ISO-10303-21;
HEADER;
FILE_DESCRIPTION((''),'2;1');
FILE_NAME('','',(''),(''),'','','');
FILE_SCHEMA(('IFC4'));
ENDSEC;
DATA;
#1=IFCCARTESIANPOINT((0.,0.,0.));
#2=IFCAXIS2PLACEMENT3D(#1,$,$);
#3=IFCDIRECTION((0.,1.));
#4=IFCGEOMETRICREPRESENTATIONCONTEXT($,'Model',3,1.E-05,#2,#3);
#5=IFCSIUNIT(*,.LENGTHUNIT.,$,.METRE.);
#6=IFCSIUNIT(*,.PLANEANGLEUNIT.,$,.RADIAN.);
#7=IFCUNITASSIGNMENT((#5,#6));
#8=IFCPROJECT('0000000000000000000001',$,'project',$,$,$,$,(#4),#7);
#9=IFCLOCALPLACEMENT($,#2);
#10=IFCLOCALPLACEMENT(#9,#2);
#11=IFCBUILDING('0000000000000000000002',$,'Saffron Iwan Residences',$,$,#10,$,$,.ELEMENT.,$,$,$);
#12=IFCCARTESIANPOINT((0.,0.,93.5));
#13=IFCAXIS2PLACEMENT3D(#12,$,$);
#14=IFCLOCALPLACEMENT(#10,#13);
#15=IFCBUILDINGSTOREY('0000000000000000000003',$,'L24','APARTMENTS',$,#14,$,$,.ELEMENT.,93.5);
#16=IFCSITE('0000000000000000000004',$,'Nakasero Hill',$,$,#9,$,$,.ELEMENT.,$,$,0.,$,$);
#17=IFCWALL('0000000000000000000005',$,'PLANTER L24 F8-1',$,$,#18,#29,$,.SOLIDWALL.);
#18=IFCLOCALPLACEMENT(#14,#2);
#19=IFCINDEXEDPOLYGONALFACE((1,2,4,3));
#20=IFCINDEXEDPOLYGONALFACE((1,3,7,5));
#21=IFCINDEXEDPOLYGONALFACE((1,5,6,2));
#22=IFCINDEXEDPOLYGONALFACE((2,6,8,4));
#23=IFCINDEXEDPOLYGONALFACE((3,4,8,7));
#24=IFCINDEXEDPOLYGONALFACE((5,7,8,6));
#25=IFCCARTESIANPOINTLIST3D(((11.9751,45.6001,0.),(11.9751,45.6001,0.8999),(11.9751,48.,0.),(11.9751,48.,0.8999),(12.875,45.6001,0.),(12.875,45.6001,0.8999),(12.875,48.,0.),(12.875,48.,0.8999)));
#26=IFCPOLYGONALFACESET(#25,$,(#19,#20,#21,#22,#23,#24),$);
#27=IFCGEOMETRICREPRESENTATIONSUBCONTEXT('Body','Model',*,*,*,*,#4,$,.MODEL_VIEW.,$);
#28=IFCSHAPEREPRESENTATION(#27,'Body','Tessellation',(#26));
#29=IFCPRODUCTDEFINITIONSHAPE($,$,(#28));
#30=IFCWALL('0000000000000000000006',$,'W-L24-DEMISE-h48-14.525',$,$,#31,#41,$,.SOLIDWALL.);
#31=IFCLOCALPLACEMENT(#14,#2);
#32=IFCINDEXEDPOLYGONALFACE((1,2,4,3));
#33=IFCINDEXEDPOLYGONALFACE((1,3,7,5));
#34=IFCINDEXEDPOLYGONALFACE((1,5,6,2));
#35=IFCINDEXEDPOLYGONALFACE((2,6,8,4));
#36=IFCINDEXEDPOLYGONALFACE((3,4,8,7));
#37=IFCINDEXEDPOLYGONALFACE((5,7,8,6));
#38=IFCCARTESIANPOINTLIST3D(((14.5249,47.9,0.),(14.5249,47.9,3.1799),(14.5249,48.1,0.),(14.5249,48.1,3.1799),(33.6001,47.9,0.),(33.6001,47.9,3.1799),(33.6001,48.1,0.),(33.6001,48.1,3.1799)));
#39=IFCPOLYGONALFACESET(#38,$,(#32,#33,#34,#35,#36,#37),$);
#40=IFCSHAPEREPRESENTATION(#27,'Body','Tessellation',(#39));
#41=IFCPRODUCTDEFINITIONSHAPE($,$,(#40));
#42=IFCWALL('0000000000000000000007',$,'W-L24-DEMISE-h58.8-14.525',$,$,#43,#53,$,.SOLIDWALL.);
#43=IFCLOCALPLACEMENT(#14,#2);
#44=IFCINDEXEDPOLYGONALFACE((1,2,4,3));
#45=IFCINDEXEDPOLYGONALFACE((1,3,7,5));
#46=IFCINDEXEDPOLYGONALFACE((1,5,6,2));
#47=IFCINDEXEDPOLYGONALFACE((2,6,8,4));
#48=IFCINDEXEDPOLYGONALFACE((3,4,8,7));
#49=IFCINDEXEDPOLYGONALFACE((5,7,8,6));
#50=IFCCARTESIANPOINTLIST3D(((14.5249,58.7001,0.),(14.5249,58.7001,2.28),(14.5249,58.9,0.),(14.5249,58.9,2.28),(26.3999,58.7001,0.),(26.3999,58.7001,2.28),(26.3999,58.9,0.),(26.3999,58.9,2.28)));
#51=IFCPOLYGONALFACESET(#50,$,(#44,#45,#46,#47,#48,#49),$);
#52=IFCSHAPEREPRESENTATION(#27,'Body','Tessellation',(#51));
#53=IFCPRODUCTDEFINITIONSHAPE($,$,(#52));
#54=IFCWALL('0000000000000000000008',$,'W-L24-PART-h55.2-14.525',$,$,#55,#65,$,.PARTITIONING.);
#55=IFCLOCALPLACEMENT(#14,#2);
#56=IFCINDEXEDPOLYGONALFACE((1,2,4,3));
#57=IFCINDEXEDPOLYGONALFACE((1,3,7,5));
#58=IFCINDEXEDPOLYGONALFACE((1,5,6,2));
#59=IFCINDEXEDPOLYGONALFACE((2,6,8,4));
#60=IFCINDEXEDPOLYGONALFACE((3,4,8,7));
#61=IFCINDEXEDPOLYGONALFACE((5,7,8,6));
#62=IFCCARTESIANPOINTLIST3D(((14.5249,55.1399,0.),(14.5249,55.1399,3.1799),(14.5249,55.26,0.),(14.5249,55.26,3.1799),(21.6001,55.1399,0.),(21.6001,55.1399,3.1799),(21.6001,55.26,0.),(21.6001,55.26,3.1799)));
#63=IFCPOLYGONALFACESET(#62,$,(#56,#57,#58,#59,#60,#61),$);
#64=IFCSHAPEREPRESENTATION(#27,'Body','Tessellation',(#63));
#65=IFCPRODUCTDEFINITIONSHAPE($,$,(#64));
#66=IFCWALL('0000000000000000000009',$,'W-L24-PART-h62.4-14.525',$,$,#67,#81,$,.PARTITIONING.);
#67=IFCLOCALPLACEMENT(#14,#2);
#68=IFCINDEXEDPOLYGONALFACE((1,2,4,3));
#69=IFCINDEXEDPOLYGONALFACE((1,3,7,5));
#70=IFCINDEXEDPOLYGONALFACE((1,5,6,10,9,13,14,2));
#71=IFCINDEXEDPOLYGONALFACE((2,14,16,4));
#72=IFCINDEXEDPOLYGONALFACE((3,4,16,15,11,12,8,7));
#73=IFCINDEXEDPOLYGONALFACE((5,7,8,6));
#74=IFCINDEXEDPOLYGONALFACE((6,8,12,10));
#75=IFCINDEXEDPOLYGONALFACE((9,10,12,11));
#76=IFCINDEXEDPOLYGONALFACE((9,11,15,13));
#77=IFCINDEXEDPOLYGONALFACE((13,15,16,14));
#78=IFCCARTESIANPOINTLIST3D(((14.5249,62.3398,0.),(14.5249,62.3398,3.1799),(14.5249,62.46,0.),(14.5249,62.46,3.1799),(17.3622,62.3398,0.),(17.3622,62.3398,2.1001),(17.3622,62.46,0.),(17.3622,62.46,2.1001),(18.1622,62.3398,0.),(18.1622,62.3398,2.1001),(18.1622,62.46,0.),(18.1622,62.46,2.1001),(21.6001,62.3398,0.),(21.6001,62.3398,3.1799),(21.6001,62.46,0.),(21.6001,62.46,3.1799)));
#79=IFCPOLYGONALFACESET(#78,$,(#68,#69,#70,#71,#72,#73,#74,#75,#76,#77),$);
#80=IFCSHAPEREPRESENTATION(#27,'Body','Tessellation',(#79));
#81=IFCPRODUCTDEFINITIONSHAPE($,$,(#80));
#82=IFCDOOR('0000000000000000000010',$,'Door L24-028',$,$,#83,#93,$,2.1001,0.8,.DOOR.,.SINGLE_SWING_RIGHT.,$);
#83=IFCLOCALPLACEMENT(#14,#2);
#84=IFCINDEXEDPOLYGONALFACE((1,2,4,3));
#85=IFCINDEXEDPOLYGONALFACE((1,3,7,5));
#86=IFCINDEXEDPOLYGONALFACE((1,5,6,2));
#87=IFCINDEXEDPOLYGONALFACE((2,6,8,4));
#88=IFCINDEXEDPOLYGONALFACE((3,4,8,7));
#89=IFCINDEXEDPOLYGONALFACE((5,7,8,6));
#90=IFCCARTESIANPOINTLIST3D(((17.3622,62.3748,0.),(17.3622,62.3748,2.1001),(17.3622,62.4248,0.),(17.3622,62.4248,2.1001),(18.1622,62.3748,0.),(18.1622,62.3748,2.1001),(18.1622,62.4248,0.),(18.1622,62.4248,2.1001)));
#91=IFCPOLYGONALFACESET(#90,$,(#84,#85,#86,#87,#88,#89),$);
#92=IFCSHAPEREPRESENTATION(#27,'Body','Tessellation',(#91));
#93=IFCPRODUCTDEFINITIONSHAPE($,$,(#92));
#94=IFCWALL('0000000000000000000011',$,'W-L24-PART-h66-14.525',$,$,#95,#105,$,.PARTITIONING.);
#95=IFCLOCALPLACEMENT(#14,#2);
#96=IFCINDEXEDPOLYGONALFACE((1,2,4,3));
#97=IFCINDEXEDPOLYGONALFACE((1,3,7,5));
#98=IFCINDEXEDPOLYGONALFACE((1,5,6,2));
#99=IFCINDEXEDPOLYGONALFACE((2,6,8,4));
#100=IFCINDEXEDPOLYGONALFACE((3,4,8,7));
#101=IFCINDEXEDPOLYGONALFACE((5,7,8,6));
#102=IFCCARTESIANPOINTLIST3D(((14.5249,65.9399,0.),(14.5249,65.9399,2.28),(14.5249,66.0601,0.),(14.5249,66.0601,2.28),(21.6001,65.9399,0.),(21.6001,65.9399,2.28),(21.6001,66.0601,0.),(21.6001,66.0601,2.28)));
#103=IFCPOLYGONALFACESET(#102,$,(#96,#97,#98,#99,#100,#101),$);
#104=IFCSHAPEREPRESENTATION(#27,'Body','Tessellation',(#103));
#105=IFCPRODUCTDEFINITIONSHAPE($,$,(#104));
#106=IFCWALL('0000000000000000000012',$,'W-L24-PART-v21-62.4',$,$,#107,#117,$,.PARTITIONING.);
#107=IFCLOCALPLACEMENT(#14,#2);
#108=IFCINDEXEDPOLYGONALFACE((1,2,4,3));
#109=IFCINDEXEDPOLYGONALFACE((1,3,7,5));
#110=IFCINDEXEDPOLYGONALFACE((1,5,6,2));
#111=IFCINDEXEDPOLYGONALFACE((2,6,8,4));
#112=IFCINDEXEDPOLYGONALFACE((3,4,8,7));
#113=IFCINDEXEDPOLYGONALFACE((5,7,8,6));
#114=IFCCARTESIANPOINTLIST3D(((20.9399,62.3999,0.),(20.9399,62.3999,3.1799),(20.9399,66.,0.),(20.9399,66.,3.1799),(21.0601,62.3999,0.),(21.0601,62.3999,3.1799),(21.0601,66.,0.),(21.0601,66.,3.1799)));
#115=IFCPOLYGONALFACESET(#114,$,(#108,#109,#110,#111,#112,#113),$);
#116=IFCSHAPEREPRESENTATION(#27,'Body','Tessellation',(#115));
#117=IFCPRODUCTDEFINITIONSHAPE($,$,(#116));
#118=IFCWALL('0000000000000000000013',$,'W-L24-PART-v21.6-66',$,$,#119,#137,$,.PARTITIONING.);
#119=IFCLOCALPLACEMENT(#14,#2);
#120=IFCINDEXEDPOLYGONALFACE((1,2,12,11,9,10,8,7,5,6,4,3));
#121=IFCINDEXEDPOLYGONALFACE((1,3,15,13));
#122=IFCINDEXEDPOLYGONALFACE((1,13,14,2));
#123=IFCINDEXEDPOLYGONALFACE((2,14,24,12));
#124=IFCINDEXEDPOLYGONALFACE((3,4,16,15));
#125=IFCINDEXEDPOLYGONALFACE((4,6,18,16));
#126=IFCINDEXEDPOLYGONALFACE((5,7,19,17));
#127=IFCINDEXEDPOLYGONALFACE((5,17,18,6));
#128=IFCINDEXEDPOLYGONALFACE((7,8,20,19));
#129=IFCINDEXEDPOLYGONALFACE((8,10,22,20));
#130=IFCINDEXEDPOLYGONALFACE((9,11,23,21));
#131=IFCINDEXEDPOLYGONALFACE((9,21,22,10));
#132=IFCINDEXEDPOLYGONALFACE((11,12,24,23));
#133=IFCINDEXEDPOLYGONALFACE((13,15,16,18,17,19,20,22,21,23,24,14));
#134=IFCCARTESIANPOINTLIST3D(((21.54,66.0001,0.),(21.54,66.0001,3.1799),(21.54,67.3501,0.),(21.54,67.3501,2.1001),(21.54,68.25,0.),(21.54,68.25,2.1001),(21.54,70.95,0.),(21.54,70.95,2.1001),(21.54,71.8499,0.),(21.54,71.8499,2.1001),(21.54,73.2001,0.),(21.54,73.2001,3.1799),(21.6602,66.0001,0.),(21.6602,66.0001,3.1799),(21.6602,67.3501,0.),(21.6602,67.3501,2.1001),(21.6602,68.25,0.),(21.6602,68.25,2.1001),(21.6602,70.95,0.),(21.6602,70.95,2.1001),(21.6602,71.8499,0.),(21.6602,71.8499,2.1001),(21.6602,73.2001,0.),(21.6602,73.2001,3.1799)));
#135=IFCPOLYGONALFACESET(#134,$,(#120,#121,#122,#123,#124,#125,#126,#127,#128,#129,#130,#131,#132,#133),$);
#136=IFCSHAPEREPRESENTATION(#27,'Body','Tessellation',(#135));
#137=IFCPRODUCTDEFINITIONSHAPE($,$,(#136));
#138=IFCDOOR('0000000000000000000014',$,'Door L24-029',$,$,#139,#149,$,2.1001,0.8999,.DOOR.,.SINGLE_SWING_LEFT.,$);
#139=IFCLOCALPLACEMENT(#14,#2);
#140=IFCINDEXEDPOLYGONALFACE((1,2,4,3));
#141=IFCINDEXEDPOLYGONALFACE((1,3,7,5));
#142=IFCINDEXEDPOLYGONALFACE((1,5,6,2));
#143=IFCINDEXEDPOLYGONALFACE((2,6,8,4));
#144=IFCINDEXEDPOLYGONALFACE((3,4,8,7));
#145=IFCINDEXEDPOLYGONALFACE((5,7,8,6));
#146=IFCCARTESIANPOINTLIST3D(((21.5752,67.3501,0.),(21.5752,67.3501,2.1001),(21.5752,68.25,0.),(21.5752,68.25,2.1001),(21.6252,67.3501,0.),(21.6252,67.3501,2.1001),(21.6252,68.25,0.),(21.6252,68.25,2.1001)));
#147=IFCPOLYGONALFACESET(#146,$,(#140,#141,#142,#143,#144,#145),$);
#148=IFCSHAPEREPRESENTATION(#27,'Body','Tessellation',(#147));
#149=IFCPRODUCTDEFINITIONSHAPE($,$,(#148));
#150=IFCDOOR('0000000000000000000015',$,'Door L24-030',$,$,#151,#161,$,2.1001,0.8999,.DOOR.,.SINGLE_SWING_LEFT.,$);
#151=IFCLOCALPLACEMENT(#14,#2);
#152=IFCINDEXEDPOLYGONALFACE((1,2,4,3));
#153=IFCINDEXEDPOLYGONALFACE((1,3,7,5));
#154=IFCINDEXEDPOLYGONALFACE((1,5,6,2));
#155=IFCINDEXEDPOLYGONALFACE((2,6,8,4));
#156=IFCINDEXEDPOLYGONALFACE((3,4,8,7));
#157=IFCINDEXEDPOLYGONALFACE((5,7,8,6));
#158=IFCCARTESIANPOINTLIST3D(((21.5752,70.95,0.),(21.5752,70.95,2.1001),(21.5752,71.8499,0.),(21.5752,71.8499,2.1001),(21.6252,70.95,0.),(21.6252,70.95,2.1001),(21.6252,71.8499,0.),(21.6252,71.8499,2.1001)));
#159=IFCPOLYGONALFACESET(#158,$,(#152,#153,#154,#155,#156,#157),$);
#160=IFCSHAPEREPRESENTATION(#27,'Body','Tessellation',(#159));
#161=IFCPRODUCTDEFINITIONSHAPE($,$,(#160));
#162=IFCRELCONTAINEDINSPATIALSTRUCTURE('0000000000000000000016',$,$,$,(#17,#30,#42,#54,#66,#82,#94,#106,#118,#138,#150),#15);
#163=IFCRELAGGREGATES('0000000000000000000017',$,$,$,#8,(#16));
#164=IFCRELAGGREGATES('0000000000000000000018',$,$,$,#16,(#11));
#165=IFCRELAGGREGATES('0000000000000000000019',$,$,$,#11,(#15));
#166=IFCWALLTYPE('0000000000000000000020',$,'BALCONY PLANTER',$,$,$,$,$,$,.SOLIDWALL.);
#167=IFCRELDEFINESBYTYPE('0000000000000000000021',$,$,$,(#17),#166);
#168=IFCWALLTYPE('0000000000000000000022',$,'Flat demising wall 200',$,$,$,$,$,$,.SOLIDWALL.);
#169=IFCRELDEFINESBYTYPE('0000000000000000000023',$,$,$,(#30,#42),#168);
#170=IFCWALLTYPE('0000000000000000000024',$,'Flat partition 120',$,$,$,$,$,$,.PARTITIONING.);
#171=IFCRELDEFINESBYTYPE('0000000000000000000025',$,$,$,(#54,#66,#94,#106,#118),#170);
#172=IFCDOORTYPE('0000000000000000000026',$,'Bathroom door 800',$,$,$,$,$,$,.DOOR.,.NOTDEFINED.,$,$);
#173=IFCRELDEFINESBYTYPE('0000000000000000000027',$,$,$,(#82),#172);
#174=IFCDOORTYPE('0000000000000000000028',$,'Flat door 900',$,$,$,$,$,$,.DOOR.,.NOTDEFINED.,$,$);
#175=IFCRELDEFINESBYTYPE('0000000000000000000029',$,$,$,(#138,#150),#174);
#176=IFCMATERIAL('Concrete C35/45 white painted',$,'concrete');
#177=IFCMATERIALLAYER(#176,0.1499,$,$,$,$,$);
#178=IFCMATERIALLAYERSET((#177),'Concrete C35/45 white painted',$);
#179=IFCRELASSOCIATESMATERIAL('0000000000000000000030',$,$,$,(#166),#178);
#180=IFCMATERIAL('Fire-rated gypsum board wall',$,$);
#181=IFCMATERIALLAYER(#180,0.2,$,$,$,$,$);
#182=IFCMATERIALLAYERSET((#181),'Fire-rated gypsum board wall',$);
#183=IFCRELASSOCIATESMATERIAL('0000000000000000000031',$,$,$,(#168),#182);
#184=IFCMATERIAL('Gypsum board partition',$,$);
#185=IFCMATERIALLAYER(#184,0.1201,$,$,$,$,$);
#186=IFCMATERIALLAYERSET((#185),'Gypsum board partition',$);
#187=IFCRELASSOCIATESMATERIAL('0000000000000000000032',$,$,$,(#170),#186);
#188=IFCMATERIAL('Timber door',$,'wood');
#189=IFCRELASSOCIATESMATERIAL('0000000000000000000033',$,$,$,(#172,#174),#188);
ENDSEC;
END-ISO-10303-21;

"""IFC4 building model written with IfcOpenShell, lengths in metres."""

from ifc_helpers import new_model, si_unit, direction, frame, frame_2d, origin, place, context, subcontext, project, spatial, rectangle, extrude, material, layer, layer_set, type_object, element, fill, save


model = new_model("IFC4")

# Units and contexts
model_context = context("Model", 3, precision=1e-05, world=origin(), true_north=direction((0.0, 1.0)))
body_context = subcontext(model_context, "Body", "Model", "MODEL_VIEW")
ifc_project = project(units=[si_unit("LENGTHUNIT", "METRE"), si_unit("PLANEANGLEUNIT", "RADIAN")], contexts=[model_context])

# Site, building, storey
site_placement = place(None, origin())
site = spatial("IfcSite", under=ifc_project, at=site_placement, Name="Nakasero Hill", CompositionType="ELEMENT", RefElevation=0.0)
building_placement = place(site_placement, origin())
building = spatial("IfcBuilding", under=site, at=building_placement, Name="Saffron Iwan Residences", CompositionType="ELEMENT")
storey_placement = place(building_placement, frame((0.0, 0.0, 93.5)))
storey = spatial("IfcBuildingStorey", under=building, at=storey_placement, Name="L24", Description="APARTMENTS", CompositionType="ELEMENT", Elevation=93.5)

# Walls
ifc_material_1 = material(Name="Concrete C35/45 white painted", Category="concrete")
ifc_layer_1 = layer(ifc_material_1, 0.1499)
ifc_layer_set_1 = layer_set([ifc_layer_1], Name="Concrete C35/45 white painted")
wall_type_1 = type_object("IfcWallType", Name="BALCONY PLANTER", PredefinedType="SOLIDWALL", material=ifc_layer_set_1)
for number, where, z_axis, x_axis, name in (
    (1, (12.425, 48.0, 0.0), (0.0, 0.0, 1.0), (0.0, -1.0, 0.0), "PLANTER L24 F8-1"),
):
    element("IfcWall", number, at=place(storey_placement, frame(where, z_axis=z_axis, x_axis=x_axis)), inside=storey, type_object=wall_type_1, Name=name, PredefinedType="SOLIDWALL", context=body_context, shape_type="SweptSolid", body=[
        extrude(rectangle(XDim=2.3999, YDim=0.8999, at=frame_2d((1.2, 0.0))), origin(), (0.0, 0.0, 1.0), 0.8999),
    ])
ifc_material_2 = material(Name="Fire-rated gypsum board wall")
ifc_layer_2 = layer(ifc_material_2, 0.2)
ifc_layer_set_2 = layer_set([ifc_layer_2], Name="Fire-rated gypsum board wall")
wall_type_2 = type_object("IfcWallType", Name="Flat demising wall 200", PredefinedType="SOLIDWALL", material=ifc_layer_set_2)
wall_1_placement = place(storey_placement, frame((14.5249, 48.0, 0.0), z_axis=(0.0, 0.0, 1.0), x_axis=(1.0, 0.0, 0.0)))
element("IfcWall", 2, at=wall_1_placement, inside=storey, type_object=wall_type_2, Name="W-L24-DEMISE-h48-14.525", PredefinedType="SOLIDWALL", context=body_context, shape_type="SweptSolid", body=[
    extrude(rectangle(XDim=19.0752, YDim=0.2, at=frame_2d((9.5376, 0.0))), origin(), (0.0, 0.0, 1.0), 3.1799),
])
wall_2_placement = place(storey_placement, frame((14.5249, 58.8, 0.0), z_axis=(0.0, 0.0, 1.0), x_axis=(1.0, 0.0, 0.0)))
element("IfcWall", 3, at=wall_2_placement, inside=storey, type_object=wall_type_2, Name="W-L24-DEMISE-h58.8-14.525", PredefinedType="SOLIDWALL", context=body_context, shape_type="SweptSolid", body=[
    extrude(rectangle(XDim=11.875, YDim=0.2, at=frame_2d((5.9375, 0.0))), origin(), (0.0, 0.0, 1.0), 2.28),
])
ifc_material_3 = material(Name="Gypsum board partition")
ifc_layer_3 = layer(ifc_material_3, 0.1201)
ifc_layer_set_3 = layer_set([ifc_layer_3], Name="Gypsum board partition")
wall_type_3 = type_object("IfcWallType", Name="Flat partition 120", PredefinedType="PARTITIONING", material=ifc_layer_set_3)
wall_3_placement = place(storey_placement, frame((14.5249, 55.2, 0.0), z_axis=(0.0, 0.0, 1.0), x_axis=(1.0, 0.0, 0.0)))
element("IfcWall", 4, at=wall_3_placement, inside=storey, type_object=wall_type_3, Name="W-L24-PART-h55.2-14.525", PredefinedType="PARTITIONING", context=body_context, shape_type="SweptSolid", body=[
    extrude(rectangle(XDim=7.0752, YDim=0.1201, at=frame_2d((3.5376, 0.0))), origin(), (0.0, 0.0, 1.0), 3.1799),
])

# Wall, opening, door
wall_4_placement = place(storey_placement, frame((14.5249, 62.3999, 0.0), z_axis=(0.0, 0.0, 1.0), x_axis=(1.0, 0.0, 0.0)))
wall_4 = element("IfcWall", 5, at=wall_4_placement, inside=storey, type_object=wall_type_3, Name="W-L24-PART-h62.4-14.525", PredefinedType="PARTITIONING", context=body_context, shape_type="SweptSolid", body=[
    extrude(rectangle(XDim=7.0752, YDim=0.1201, at=frame_2d((3.5376, 0.0))), origin(), (0.0, 0.0, 1.0), 3.1799),
])
opening_1_placement = place(wall_4_placement, frame((2.8374, 0.0, 0.0)))
opening_1 = element("IfcOpeningElement", 6, at=opening_1_placement, cuts=wall_4, PredefinedType="OPENING", context=body_context, shape_type="SweptSolid", body=[
    extrude(rectangle(XDim=0.8, YDim=2.1001, at=frame_2d((0.3999, 1.05))), frame((0.0, 0.0701, 0.0), z_axis=(0.0, -1.0, 0.0), x_axis=(1.0, 0.0, 0.0)), (0.0, 0.0, 1.0), 0.1401),
])
ifc_material_4 = material(Name="Timber door", Category="wood")
door_type_1 = type_object("IfcDoorType", Name="Bathroom door 800", OperationType="NOTDEFINED", PredefinedType="DOOR", material=ifc_material_4)
door_1_placement = place(opening_1_placement, origin())
door_1 = element("IfcDoor", 7, at=door_1_placement, inside=storey, type_object=door_type_1, Name="Door L24-028", OperationType="SINGLE_SWING_RIGHT", OverallHeight=2.1001, OverallWidth=0.8, PredefinedType="DOOR", context=body_context, shape_type="SweptSolid", body=[
    extrude(rectangle(XDim=0.8, YDim=2.1001, at=frame_2d((0.3999, 1.05))), frame((0.0, 0.0249, 0.0), z_axis=(0.0, -1.0, 0.0), x_axis=(1.0, 0.0, 0.0)), (0.0, 0.0, 1.0), 0.05),
])
fill(opening_1, door_1)

# Walls
wall_5_placement = place(storey_placement, frame((14.5249, 66.0, 0.0), z_axis=(0.0, 0.0, 1.0), x_axis=(1.0, 0.0, 0.0)))
element("IfcWall", 8, at=wall_5_placement, inside=storey, type_object=wall_type_3, Name="W-L24-PART-h66-14.525", PredefinedType="PARTITIONING", context=body_context, shape_type="SweptSolid", body=[
    extrude(rectangle(XDim=7.0752, YDim=0.1201, at=frame_2d((3.5376, 0.0))), origin(), (0.0, 0.0, 1.0), 2.28),
])
wall_6_placement = place(storey_placement, frame((21.0, 62.3999, 0.0), z_axis=(0.0, 0.0, 1.0), x_axis=(0.0, 1.0, 0.0)))
element("IfcWall", 9, at=wall_6_placement, inside=storey, type_object=wall_type_3, Name="W-L24-PART-v21-62.4", PredefinedType="PARTITIONING", context=body_context, shape_type="SweptSolid", body=[
    extrude(rectangle(XDim=3.6001, YDim=0.1201, at=frame_2d((1.8, 0.0))), origin(), (0.0, 0.0, 1.0), 3.1799),
])

# Wall, openings, doors
wall_7_placement = place(storey_placement, frame((21.6001, 66.0, 0.0), z_axis=(0.0, 0.0, 1.0), x_axis=(0.0, 1.0, 0.0)))
wall_7 = element("IfcWall", 10, at=wall_7_placement, inside=storey, type_object=wall_type_3, Name="W-L24-PART-v21.6-66", PredefinedType="PARTITIONING", context=body_context, shape_type="SweptSolid", body=[
    extrude(rectangle(XDim=7.2, YDim=0.1201, at=frame_2d((3.6001, 0.0))), origin(), (0.0, 0.0, 1.0), 3.1799),
])
opening_2_placement = place(wall_7_placement, frame((1.3501, 0.0, 0.0)))
opening_2 = element("IfcOpeningElement", 11, at=opening_2_placement, cuts=wall_7, PredefinedType="OPENING", context=body_context, shape_type="SweptSolid", body=[
    extrude(rectangle(XDim=0.8999, YDim=2.1001, at=frame_2d((0.45, 1.05))), frame((0.0, 0.0701, 0.0), z_axis=(0.0, -1.0, 0.0), x_axis=(1.0, 0.0, 0.0)), (0.0, 0.0, 1.0), 0.1401),
])
opening_3_placement = place(wall_7_placement, frame((4.95, 0.0, 0.0)))
opening_3 = element("IfcOpeningElement", 12, at=opening_3_placement, cuts=wall_7, PredefinedType="OPENING", context=body_context, shape_type="SweptSolid", body=[
    extrude(rectangle(XDim=0.8999, YDim=2.1001, at=frame_2d((0.45, 1.05))), frame((0.0, 0.0701, 0.0), z_axis=(0.0, -1.0, 0.0), x_axis=(1.0, 0.0, 0.0)), (0.0, 0.0, 1.0), 0.1401),
])
door_type_2 = type_object("IfcDoorType", Name="Flat door 900", OperationType="NOTDEFINED", PredefinedType="DOOR", material=ifc_material_4)
door_2_placement = place(opening_2_placement, origin())
door_2 = element("IfcDoor", 13, at=door_2_placement, inside=storey, type_object=door_type_2, Name="Door L24-029", OperationType="SINGLE_SWING_LEFT", OverallHeight=2.1001, OverallWidth=0.8999, PredefinedType="DOOR", context=body_context, shape_type="SweptSolid", body=[
    extrude(rectangle(XDim=0.8999, YDim=2.1001, at=frame_2d((0.45, 1.05))), frame((0.0, 0.0249, 0.0), z_axis=(0.0, -1.0, 0.0), x_axis=(1.0, 0.0, 0.0)), (0.0, 0.0, 1.0), 0.05),
])
fill(opening_2, door_2)
door_3_placement = place(opening_3_placement, origin())
door_3 = element("IfcDoor", 14, at=door_3_placement, inside=storey, type_object=door_type_2, Name="Door L24-030", OperationType="SINGLE_SWING_LEFT", OverallHeight=2.1001, OverallWidth=0.8999, PredefinedType="DOOR", context=body_context, shape_type="SweptSolid", body=[
    extrude(rectangle(XDim=0.8999, YDim=2.1001, at=frame_2d((0.45, 1.05))), frame((0.0, 0.0249, 0.0), z_axis=(0.0, -1.0, 0.0), x_axis=(1.0, 0.0, 0.0)), (0.0, 0.0, 1.0), 0.05),
])
fill(opening_3, door_3)

save(model, "model.ifc")
